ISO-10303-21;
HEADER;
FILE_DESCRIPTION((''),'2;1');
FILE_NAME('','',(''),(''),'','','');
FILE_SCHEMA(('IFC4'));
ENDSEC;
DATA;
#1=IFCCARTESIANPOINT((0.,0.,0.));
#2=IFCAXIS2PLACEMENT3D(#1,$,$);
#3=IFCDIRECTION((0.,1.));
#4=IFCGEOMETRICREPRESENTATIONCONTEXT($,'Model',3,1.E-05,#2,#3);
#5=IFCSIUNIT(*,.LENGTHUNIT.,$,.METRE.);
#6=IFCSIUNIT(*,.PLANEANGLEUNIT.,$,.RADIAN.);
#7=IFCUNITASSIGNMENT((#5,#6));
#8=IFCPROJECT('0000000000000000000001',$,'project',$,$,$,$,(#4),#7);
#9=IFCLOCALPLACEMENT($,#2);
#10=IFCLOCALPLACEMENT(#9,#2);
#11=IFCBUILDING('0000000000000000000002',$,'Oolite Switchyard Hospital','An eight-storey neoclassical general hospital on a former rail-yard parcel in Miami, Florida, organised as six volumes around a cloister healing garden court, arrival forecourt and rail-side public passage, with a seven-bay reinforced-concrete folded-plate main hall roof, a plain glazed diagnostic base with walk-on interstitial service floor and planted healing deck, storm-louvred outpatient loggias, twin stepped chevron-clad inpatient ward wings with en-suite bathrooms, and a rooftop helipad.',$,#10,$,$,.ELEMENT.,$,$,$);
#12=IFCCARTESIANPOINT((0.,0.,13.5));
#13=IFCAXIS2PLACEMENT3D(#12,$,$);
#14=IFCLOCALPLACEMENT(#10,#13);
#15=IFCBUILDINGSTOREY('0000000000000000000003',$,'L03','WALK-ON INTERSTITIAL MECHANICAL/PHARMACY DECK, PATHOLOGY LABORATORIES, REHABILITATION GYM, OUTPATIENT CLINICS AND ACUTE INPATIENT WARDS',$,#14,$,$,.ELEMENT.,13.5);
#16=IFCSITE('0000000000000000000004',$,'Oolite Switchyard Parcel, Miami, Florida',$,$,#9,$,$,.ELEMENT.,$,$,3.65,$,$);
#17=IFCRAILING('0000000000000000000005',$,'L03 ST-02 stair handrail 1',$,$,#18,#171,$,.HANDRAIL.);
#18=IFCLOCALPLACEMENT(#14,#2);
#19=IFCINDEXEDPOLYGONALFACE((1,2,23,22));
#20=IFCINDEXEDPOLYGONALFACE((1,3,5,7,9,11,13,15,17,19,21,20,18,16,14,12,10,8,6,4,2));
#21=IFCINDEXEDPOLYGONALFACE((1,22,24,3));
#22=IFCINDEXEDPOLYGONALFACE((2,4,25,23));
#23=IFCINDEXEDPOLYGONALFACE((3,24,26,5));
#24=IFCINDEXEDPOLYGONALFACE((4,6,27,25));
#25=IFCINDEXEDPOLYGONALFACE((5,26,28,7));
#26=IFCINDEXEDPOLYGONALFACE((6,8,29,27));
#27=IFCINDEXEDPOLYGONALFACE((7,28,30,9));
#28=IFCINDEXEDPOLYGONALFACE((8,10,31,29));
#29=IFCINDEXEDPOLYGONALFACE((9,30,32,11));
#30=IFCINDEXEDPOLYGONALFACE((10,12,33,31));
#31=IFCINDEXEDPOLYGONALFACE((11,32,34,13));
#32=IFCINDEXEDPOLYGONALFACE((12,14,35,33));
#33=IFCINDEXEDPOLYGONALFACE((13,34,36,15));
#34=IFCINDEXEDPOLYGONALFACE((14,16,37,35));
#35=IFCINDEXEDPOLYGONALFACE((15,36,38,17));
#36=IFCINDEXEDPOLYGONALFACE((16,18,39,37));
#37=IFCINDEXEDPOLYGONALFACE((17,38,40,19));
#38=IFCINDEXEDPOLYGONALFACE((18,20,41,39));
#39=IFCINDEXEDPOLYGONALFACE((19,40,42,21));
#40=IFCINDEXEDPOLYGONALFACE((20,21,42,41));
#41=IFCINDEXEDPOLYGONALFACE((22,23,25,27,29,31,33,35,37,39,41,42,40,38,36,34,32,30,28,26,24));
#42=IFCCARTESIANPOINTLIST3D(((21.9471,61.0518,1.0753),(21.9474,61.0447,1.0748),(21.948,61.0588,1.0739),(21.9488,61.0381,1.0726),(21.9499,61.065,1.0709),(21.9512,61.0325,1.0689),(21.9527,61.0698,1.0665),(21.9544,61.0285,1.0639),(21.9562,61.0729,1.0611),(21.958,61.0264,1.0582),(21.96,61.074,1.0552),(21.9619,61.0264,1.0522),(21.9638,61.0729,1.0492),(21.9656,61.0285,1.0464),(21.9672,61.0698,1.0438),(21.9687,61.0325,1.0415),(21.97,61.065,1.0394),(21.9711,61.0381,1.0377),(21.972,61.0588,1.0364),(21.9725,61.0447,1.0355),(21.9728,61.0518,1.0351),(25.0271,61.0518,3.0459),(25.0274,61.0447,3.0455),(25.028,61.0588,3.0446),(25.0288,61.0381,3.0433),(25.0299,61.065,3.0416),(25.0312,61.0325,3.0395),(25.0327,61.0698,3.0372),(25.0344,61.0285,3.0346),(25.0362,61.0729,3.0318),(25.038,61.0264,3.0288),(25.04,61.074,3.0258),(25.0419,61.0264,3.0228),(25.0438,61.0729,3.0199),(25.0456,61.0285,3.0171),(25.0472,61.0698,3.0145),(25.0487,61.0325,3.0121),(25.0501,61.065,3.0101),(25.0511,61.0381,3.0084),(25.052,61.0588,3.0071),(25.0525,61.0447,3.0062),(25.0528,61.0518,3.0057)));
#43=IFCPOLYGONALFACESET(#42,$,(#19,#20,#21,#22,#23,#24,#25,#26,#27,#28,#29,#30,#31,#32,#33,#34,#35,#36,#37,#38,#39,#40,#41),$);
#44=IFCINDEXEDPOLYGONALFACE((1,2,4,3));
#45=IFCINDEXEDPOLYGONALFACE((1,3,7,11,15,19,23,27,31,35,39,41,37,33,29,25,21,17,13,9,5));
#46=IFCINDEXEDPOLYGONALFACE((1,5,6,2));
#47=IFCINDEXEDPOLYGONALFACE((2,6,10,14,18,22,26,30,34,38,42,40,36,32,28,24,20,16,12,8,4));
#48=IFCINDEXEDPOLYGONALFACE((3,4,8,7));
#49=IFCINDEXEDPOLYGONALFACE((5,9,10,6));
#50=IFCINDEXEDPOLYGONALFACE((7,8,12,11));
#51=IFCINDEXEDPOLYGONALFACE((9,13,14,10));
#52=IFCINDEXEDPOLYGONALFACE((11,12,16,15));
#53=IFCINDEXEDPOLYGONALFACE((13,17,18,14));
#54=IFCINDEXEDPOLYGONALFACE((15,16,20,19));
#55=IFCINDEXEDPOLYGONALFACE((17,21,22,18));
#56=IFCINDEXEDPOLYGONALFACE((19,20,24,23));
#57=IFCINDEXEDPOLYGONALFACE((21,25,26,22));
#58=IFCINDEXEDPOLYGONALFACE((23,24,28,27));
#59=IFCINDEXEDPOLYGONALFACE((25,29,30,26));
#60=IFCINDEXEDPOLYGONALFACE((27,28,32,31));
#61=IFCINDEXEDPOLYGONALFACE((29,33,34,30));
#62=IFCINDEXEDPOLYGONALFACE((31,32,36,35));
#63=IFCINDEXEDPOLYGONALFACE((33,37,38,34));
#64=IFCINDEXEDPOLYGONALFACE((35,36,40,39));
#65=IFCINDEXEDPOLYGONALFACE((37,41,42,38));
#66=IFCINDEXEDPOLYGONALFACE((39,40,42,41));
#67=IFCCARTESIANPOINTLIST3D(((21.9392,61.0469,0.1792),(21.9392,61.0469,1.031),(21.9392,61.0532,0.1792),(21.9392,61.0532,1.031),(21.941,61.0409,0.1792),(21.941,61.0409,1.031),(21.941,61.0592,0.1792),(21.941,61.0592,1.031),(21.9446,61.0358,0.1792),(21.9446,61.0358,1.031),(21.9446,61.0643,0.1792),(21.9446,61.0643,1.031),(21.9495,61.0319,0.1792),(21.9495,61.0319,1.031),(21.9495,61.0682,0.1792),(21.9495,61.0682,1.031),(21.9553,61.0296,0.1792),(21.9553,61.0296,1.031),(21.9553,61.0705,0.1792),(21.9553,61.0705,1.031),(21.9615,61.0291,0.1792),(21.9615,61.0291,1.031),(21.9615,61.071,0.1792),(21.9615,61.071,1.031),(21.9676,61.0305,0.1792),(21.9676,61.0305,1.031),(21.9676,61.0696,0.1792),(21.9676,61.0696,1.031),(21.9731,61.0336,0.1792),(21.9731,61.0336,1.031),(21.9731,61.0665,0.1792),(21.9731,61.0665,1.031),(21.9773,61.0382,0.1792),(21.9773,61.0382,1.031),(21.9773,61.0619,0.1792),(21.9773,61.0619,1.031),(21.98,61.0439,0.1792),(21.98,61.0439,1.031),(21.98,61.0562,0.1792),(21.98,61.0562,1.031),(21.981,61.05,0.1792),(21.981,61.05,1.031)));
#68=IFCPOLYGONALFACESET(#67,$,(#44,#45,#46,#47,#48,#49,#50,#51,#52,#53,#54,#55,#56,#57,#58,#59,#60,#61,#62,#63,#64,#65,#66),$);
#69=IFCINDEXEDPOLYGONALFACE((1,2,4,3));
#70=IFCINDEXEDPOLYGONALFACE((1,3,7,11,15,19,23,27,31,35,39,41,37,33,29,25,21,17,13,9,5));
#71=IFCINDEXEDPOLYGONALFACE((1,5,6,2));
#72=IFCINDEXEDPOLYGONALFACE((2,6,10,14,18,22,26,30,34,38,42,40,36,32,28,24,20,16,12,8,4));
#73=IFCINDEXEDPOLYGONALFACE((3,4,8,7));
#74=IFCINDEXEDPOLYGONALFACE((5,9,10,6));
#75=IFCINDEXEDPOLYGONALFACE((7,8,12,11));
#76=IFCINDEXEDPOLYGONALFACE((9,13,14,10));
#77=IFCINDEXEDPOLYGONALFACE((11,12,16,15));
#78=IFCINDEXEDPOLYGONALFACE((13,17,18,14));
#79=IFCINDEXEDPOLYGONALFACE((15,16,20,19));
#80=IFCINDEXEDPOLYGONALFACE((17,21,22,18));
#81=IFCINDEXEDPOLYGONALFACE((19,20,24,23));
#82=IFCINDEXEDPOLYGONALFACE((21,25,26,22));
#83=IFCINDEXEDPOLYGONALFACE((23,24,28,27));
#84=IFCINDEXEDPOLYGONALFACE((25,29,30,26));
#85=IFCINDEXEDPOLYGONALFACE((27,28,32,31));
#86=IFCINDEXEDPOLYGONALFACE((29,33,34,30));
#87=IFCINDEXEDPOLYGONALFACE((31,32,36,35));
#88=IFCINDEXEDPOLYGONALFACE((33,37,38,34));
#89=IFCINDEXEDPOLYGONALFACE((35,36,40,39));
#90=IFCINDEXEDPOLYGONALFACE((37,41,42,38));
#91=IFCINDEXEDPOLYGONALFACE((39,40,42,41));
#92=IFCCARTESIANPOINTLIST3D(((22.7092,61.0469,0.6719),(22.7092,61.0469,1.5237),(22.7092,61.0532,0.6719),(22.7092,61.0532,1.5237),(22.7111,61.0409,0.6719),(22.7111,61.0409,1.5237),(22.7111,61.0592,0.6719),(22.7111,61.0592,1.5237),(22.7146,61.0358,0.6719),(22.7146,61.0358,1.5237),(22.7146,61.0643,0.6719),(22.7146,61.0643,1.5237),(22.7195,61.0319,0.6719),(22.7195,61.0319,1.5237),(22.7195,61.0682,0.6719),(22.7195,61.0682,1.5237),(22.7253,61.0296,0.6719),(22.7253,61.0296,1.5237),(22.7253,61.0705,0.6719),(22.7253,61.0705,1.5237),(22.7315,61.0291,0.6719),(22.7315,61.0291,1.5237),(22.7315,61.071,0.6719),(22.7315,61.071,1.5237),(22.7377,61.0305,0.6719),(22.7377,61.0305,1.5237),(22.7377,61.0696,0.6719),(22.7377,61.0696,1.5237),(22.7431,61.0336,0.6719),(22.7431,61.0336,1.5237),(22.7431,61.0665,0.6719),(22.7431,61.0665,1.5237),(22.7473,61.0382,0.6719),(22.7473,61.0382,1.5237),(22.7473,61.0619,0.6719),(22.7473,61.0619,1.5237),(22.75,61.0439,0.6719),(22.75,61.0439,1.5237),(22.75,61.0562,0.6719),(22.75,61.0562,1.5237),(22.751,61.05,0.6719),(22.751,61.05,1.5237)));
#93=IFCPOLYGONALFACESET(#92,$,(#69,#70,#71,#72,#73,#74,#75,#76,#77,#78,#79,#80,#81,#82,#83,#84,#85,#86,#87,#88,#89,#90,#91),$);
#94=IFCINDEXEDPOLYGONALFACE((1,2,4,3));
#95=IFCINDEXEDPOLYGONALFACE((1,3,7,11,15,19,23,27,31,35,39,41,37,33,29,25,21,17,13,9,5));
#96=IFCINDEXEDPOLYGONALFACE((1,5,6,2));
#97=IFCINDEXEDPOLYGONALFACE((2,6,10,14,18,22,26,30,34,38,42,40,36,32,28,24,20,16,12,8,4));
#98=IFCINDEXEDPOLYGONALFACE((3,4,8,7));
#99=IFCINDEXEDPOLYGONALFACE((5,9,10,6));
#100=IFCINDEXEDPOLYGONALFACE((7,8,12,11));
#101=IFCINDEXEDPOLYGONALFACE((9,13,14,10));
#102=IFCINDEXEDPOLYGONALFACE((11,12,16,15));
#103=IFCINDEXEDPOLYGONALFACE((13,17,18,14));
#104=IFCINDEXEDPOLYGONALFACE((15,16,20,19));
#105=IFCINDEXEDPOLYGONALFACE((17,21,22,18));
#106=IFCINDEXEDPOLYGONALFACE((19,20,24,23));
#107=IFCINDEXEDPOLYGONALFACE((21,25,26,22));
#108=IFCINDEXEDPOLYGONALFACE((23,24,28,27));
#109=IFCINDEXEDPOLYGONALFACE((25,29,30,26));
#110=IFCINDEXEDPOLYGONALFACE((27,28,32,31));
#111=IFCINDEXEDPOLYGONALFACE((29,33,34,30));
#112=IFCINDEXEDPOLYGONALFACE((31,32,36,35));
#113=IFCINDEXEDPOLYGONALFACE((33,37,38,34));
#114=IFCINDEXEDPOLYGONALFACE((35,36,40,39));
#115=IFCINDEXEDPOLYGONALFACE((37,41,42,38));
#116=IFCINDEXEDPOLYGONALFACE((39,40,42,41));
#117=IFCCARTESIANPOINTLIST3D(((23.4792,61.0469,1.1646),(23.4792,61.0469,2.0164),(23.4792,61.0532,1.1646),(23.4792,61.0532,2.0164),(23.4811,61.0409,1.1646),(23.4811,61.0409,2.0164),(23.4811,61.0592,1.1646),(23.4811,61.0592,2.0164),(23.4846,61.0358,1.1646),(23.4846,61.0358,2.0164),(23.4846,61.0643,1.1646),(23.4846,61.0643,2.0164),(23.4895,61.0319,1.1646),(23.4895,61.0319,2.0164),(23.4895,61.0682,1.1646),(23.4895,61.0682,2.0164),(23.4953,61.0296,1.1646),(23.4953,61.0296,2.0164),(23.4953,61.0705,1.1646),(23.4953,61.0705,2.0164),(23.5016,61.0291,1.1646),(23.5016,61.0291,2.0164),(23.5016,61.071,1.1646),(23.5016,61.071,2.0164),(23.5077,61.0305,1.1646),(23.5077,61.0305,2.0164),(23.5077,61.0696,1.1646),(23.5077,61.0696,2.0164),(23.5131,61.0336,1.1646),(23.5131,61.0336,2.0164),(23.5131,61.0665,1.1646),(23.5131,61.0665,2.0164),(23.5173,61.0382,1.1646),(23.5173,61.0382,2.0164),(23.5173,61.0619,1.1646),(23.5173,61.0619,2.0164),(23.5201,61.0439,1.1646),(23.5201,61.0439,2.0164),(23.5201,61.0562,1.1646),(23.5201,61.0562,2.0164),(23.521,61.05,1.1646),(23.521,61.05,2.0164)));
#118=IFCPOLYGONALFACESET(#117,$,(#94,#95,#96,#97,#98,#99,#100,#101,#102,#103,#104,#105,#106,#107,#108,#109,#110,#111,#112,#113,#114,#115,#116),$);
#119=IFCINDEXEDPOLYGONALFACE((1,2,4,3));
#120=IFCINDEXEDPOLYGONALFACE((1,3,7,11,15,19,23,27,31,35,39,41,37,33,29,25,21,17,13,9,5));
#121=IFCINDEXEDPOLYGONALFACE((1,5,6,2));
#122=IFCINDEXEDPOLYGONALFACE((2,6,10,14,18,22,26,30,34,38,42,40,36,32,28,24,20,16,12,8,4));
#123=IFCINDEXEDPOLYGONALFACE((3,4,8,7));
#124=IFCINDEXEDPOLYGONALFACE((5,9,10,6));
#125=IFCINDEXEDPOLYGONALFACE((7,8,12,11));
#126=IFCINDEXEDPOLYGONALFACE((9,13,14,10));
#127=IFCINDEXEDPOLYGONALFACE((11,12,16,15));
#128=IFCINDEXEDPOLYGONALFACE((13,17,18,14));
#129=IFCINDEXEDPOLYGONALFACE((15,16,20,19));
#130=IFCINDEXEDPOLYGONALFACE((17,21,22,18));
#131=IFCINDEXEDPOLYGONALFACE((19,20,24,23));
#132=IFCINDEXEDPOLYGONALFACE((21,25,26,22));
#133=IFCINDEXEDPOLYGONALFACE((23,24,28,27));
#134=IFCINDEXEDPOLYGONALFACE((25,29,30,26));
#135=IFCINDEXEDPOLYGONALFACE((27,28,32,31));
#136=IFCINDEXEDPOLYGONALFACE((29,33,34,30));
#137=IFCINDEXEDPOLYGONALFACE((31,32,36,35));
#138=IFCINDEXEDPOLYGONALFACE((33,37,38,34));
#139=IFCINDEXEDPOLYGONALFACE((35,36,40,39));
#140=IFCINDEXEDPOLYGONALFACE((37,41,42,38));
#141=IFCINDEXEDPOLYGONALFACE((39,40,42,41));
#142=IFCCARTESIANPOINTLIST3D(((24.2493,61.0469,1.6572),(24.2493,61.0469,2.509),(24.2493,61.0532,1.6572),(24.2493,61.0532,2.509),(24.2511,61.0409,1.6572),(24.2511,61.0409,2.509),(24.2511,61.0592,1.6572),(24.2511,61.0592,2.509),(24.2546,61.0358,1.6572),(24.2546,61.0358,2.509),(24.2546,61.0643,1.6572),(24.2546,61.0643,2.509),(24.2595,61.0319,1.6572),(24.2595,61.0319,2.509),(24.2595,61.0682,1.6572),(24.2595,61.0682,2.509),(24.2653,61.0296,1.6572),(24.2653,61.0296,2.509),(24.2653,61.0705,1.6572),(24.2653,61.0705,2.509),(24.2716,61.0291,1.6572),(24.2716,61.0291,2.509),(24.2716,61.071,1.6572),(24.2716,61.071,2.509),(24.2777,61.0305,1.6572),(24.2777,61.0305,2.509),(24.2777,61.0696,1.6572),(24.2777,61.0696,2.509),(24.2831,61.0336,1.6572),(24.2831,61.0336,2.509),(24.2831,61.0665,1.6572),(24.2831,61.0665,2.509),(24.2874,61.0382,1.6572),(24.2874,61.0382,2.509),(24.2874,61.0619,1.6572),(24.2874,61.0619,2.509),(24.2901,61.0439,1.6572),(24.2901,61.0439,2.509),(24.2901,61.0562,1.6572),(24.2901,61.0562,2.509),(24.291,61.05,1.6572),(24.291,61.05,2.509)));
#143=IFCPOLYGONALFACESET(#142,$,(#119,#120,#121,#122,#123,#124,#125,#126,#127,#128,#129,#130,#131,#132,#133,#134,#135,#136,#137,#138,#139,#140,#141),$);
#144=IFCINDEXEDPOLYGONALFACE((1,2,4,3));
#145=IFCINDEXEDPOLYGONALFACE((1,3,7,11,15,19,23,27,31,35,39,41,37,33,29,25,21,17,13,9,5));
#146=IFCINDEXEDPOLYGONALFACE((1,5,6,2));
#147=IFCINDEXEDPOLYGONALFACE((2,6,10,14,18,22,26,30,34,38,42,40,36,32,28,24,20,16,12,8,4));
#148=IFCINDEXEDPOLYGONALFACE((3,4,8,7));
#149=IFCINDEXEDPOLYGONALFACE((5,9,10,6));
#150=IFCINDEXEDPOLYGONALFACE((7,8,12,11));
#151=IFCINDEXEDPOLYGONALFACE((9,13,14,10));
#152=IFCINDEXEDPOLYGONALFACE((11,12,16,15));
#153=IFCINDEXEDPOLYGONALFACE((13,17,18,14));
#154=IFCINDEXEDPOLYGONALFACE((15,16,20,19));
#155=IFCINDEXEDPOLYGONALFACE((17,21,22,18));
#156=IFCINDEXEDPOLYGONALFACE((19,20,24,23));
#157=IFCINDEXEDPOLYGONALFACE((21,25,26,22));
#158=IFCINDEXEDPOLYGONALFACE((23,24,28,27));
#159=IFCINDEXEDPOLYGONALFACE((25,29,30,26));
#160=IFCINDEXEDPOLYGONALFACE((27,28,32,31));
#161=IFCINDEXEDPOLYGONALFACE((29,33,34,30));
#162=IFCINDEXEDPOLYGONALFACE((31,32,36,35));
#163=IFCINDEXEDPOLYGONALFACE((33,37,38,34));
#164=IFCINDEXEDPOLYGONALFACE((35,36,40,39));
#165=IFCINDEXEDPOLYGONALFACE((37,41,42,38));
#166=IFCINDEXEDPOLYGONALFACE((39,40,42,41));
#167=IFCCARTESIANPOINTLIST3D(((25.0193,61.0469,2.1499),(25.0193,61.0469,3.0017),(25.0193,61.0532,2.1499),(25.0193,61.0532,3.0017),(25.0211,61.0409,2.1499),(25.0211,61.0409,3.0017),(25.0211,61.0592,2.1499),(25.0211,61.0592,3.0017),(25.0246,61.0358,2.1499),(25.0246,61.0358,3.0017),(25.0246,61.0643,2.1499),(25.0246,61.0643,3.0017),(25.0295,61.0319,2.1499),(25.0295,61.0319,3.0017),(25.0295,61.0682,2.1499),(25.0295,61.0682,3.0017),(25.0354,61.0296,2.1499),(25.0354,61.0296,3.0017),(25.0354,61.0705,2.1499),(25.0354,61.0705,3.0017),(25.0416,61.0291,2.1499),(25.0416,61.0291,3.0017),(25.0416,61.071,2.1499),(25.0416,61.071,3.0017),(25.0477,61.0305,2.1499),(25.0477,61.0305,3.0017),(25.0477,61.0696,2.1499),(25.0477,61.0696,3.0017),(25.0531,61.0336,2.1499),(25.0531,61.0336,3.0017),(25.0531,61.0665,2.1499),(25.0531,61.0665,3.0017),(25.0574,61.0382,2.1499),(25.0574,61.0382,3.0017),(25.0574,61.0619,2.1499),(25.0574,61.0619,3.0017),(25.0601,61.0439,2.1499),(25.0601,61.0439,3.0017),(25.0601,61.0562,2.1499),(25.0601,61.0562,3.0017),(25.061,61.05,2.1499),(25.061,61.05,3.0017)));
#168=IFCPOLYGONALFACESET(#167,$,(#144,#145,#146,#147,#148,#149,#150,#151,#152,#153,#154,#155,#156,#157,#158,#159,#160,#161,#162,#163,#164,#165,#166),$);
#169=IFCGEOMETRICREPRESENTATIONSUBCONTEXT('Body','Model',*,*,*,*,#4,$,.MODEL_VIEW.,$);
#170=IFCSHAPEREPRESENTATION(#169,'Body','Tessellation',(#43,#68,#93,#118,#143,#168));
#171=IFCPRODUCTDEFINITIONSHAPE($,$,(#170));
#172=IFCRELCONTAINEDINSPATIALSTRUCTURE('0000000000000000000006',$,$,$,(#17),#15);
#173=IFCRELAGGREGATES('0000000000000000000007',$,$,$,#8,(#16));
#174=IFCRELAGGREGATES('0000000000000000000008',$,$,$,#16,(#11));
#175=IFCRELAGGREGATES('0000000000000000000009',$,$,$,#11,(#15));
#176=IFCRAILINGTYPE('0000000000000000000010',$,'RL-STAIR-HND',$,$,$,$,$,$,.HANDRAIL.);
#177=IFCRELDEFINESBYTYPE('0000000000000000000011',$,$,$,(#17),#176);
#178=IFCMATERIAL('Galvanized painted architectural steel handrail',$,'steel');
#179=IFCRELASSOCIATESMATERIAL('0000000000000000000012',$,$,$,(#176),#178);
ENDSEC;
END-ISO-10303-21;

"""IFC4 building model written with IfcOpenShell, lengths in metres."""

from ifc_helpers import new_model, si_unit, direction, frame, origin, origin_2d, place, context, subcontext, project, spatial, circle, extrude, material, type_object, element, save


model = new_model("IFC4")

# Units and contexts
model_context = context("Model", 3, precision=1e-05, world=origin(), true_north=direction((0.0, 1.0)))
body_context = subcontext(model_context, "Body", "Model", "MODEL_VIEW")
ifc_project = project(units=[si_unit("LENGTHUNIT", "METRE"), si_unit("PLANEANGLEUNIT", "RADIAN")], contexts=[model_context])

# Site, building, storey
site_placement = place(None, origin())
site = spatial("IfcSite", under=ifc_project, at=site_placement, Name="Oolite Switchyard Parcel, Miami, Florida", CompositionType="ELEMENT", RefElevation=3.65)
building_placement = place(site_placement, origin())
building = spatial("IfcBuilding", under=site, at=building_placement, Name="Oolite Switchyard Hospital", Description="An eight-storey neoclassical general hospital on a former rail-yard parcel in Miami, Florida, organised as six volumes around a cloister healing garden court, arrival forecourt and rail-side public passage, with a seven-bay reinforced-concrete folded-plate main hall roof, a plain glazed diagnostic base with walk-on interstitial service floor and planted healing deck, storm-louvred outpatient loggias, twin stepped chevron-clad inpatient ward wings with en-suite bathrooms, and a rooftop helipad.", CompositionType="ELEMENT")
storey_placement = place(building_placement, frame((0.0, 0.0, 13.5)))
storey = spatial("IfcBuildingStorey", under=building, at=storey_placement, Name="L03", Description="WALK-ON INTERSTITIAL MECHANICAL/PHARMACY DECK, PATHOLOGY LABORATORIES, REHABILITATION GYM, OUTPATIENT CLINICS AND ACUTE INPATIENT WARDS", CompositionType="ELEMENT", Elevation=13.5)

# Railing
ifc_material_1 = material(Name="Galvanized painted architectural steel handrail", Category="steel")
railing_type_1 = type_object("IfcRailingType", Name="RL-STAIR-HND", PredefinedType="HANDRAIL", material=ifc_material_1)
railing_1_placement = place(storey_placement, frame((21.96, 61.05, 0.1792)))
element("IfcRailing", 1, at=railing_1_placement, inside=storey, type_object=railing_type_1, Name="L03 ST-02 stair handrail 1", PredefinedType="HANDRAIL", context=body_context, shape_type="SweptSolid", body=[
    extrude(circle(Radius=0.0239, at=origin_2d()), frame((0.0, 0.0, 0.876), z_axis=(0.842339, 0.0, 0.538948), x_axis=(0.0, 1.0, 0.0)), (0.0, 0.0, 1.0), 3.6565),
    extrude(circle(Radius=0.021, at=origin_2d()), origin(), (0.0, 0.0, 1.0), 0.8518),
    extrude(circle(Radius=0.021, at=origin_2d()), frame((0.77, 0.0, 0.4927)), (0.0, 0.0, 1.0), 0.8518),
    extrude(circle(Radius=0.021, at=origin_2d()), frame((1.54, 0.0, 0.9854)), (0.0, 0.0, 1.0), 0.8518),
    extrude(circle(Radius=0.021, at=origin_2d()), frame((2.3101, 0.0, 1.478)), (0.0, 0.0, 1.0), 0.8518),
    extrude(circle(Radius=0.021, at=origin_2d()), frame((3.0801, 0.0, 1.9707)), (0.0, 0.0, 1.0), 0.8518),
])

save(model, "model.ifc")
